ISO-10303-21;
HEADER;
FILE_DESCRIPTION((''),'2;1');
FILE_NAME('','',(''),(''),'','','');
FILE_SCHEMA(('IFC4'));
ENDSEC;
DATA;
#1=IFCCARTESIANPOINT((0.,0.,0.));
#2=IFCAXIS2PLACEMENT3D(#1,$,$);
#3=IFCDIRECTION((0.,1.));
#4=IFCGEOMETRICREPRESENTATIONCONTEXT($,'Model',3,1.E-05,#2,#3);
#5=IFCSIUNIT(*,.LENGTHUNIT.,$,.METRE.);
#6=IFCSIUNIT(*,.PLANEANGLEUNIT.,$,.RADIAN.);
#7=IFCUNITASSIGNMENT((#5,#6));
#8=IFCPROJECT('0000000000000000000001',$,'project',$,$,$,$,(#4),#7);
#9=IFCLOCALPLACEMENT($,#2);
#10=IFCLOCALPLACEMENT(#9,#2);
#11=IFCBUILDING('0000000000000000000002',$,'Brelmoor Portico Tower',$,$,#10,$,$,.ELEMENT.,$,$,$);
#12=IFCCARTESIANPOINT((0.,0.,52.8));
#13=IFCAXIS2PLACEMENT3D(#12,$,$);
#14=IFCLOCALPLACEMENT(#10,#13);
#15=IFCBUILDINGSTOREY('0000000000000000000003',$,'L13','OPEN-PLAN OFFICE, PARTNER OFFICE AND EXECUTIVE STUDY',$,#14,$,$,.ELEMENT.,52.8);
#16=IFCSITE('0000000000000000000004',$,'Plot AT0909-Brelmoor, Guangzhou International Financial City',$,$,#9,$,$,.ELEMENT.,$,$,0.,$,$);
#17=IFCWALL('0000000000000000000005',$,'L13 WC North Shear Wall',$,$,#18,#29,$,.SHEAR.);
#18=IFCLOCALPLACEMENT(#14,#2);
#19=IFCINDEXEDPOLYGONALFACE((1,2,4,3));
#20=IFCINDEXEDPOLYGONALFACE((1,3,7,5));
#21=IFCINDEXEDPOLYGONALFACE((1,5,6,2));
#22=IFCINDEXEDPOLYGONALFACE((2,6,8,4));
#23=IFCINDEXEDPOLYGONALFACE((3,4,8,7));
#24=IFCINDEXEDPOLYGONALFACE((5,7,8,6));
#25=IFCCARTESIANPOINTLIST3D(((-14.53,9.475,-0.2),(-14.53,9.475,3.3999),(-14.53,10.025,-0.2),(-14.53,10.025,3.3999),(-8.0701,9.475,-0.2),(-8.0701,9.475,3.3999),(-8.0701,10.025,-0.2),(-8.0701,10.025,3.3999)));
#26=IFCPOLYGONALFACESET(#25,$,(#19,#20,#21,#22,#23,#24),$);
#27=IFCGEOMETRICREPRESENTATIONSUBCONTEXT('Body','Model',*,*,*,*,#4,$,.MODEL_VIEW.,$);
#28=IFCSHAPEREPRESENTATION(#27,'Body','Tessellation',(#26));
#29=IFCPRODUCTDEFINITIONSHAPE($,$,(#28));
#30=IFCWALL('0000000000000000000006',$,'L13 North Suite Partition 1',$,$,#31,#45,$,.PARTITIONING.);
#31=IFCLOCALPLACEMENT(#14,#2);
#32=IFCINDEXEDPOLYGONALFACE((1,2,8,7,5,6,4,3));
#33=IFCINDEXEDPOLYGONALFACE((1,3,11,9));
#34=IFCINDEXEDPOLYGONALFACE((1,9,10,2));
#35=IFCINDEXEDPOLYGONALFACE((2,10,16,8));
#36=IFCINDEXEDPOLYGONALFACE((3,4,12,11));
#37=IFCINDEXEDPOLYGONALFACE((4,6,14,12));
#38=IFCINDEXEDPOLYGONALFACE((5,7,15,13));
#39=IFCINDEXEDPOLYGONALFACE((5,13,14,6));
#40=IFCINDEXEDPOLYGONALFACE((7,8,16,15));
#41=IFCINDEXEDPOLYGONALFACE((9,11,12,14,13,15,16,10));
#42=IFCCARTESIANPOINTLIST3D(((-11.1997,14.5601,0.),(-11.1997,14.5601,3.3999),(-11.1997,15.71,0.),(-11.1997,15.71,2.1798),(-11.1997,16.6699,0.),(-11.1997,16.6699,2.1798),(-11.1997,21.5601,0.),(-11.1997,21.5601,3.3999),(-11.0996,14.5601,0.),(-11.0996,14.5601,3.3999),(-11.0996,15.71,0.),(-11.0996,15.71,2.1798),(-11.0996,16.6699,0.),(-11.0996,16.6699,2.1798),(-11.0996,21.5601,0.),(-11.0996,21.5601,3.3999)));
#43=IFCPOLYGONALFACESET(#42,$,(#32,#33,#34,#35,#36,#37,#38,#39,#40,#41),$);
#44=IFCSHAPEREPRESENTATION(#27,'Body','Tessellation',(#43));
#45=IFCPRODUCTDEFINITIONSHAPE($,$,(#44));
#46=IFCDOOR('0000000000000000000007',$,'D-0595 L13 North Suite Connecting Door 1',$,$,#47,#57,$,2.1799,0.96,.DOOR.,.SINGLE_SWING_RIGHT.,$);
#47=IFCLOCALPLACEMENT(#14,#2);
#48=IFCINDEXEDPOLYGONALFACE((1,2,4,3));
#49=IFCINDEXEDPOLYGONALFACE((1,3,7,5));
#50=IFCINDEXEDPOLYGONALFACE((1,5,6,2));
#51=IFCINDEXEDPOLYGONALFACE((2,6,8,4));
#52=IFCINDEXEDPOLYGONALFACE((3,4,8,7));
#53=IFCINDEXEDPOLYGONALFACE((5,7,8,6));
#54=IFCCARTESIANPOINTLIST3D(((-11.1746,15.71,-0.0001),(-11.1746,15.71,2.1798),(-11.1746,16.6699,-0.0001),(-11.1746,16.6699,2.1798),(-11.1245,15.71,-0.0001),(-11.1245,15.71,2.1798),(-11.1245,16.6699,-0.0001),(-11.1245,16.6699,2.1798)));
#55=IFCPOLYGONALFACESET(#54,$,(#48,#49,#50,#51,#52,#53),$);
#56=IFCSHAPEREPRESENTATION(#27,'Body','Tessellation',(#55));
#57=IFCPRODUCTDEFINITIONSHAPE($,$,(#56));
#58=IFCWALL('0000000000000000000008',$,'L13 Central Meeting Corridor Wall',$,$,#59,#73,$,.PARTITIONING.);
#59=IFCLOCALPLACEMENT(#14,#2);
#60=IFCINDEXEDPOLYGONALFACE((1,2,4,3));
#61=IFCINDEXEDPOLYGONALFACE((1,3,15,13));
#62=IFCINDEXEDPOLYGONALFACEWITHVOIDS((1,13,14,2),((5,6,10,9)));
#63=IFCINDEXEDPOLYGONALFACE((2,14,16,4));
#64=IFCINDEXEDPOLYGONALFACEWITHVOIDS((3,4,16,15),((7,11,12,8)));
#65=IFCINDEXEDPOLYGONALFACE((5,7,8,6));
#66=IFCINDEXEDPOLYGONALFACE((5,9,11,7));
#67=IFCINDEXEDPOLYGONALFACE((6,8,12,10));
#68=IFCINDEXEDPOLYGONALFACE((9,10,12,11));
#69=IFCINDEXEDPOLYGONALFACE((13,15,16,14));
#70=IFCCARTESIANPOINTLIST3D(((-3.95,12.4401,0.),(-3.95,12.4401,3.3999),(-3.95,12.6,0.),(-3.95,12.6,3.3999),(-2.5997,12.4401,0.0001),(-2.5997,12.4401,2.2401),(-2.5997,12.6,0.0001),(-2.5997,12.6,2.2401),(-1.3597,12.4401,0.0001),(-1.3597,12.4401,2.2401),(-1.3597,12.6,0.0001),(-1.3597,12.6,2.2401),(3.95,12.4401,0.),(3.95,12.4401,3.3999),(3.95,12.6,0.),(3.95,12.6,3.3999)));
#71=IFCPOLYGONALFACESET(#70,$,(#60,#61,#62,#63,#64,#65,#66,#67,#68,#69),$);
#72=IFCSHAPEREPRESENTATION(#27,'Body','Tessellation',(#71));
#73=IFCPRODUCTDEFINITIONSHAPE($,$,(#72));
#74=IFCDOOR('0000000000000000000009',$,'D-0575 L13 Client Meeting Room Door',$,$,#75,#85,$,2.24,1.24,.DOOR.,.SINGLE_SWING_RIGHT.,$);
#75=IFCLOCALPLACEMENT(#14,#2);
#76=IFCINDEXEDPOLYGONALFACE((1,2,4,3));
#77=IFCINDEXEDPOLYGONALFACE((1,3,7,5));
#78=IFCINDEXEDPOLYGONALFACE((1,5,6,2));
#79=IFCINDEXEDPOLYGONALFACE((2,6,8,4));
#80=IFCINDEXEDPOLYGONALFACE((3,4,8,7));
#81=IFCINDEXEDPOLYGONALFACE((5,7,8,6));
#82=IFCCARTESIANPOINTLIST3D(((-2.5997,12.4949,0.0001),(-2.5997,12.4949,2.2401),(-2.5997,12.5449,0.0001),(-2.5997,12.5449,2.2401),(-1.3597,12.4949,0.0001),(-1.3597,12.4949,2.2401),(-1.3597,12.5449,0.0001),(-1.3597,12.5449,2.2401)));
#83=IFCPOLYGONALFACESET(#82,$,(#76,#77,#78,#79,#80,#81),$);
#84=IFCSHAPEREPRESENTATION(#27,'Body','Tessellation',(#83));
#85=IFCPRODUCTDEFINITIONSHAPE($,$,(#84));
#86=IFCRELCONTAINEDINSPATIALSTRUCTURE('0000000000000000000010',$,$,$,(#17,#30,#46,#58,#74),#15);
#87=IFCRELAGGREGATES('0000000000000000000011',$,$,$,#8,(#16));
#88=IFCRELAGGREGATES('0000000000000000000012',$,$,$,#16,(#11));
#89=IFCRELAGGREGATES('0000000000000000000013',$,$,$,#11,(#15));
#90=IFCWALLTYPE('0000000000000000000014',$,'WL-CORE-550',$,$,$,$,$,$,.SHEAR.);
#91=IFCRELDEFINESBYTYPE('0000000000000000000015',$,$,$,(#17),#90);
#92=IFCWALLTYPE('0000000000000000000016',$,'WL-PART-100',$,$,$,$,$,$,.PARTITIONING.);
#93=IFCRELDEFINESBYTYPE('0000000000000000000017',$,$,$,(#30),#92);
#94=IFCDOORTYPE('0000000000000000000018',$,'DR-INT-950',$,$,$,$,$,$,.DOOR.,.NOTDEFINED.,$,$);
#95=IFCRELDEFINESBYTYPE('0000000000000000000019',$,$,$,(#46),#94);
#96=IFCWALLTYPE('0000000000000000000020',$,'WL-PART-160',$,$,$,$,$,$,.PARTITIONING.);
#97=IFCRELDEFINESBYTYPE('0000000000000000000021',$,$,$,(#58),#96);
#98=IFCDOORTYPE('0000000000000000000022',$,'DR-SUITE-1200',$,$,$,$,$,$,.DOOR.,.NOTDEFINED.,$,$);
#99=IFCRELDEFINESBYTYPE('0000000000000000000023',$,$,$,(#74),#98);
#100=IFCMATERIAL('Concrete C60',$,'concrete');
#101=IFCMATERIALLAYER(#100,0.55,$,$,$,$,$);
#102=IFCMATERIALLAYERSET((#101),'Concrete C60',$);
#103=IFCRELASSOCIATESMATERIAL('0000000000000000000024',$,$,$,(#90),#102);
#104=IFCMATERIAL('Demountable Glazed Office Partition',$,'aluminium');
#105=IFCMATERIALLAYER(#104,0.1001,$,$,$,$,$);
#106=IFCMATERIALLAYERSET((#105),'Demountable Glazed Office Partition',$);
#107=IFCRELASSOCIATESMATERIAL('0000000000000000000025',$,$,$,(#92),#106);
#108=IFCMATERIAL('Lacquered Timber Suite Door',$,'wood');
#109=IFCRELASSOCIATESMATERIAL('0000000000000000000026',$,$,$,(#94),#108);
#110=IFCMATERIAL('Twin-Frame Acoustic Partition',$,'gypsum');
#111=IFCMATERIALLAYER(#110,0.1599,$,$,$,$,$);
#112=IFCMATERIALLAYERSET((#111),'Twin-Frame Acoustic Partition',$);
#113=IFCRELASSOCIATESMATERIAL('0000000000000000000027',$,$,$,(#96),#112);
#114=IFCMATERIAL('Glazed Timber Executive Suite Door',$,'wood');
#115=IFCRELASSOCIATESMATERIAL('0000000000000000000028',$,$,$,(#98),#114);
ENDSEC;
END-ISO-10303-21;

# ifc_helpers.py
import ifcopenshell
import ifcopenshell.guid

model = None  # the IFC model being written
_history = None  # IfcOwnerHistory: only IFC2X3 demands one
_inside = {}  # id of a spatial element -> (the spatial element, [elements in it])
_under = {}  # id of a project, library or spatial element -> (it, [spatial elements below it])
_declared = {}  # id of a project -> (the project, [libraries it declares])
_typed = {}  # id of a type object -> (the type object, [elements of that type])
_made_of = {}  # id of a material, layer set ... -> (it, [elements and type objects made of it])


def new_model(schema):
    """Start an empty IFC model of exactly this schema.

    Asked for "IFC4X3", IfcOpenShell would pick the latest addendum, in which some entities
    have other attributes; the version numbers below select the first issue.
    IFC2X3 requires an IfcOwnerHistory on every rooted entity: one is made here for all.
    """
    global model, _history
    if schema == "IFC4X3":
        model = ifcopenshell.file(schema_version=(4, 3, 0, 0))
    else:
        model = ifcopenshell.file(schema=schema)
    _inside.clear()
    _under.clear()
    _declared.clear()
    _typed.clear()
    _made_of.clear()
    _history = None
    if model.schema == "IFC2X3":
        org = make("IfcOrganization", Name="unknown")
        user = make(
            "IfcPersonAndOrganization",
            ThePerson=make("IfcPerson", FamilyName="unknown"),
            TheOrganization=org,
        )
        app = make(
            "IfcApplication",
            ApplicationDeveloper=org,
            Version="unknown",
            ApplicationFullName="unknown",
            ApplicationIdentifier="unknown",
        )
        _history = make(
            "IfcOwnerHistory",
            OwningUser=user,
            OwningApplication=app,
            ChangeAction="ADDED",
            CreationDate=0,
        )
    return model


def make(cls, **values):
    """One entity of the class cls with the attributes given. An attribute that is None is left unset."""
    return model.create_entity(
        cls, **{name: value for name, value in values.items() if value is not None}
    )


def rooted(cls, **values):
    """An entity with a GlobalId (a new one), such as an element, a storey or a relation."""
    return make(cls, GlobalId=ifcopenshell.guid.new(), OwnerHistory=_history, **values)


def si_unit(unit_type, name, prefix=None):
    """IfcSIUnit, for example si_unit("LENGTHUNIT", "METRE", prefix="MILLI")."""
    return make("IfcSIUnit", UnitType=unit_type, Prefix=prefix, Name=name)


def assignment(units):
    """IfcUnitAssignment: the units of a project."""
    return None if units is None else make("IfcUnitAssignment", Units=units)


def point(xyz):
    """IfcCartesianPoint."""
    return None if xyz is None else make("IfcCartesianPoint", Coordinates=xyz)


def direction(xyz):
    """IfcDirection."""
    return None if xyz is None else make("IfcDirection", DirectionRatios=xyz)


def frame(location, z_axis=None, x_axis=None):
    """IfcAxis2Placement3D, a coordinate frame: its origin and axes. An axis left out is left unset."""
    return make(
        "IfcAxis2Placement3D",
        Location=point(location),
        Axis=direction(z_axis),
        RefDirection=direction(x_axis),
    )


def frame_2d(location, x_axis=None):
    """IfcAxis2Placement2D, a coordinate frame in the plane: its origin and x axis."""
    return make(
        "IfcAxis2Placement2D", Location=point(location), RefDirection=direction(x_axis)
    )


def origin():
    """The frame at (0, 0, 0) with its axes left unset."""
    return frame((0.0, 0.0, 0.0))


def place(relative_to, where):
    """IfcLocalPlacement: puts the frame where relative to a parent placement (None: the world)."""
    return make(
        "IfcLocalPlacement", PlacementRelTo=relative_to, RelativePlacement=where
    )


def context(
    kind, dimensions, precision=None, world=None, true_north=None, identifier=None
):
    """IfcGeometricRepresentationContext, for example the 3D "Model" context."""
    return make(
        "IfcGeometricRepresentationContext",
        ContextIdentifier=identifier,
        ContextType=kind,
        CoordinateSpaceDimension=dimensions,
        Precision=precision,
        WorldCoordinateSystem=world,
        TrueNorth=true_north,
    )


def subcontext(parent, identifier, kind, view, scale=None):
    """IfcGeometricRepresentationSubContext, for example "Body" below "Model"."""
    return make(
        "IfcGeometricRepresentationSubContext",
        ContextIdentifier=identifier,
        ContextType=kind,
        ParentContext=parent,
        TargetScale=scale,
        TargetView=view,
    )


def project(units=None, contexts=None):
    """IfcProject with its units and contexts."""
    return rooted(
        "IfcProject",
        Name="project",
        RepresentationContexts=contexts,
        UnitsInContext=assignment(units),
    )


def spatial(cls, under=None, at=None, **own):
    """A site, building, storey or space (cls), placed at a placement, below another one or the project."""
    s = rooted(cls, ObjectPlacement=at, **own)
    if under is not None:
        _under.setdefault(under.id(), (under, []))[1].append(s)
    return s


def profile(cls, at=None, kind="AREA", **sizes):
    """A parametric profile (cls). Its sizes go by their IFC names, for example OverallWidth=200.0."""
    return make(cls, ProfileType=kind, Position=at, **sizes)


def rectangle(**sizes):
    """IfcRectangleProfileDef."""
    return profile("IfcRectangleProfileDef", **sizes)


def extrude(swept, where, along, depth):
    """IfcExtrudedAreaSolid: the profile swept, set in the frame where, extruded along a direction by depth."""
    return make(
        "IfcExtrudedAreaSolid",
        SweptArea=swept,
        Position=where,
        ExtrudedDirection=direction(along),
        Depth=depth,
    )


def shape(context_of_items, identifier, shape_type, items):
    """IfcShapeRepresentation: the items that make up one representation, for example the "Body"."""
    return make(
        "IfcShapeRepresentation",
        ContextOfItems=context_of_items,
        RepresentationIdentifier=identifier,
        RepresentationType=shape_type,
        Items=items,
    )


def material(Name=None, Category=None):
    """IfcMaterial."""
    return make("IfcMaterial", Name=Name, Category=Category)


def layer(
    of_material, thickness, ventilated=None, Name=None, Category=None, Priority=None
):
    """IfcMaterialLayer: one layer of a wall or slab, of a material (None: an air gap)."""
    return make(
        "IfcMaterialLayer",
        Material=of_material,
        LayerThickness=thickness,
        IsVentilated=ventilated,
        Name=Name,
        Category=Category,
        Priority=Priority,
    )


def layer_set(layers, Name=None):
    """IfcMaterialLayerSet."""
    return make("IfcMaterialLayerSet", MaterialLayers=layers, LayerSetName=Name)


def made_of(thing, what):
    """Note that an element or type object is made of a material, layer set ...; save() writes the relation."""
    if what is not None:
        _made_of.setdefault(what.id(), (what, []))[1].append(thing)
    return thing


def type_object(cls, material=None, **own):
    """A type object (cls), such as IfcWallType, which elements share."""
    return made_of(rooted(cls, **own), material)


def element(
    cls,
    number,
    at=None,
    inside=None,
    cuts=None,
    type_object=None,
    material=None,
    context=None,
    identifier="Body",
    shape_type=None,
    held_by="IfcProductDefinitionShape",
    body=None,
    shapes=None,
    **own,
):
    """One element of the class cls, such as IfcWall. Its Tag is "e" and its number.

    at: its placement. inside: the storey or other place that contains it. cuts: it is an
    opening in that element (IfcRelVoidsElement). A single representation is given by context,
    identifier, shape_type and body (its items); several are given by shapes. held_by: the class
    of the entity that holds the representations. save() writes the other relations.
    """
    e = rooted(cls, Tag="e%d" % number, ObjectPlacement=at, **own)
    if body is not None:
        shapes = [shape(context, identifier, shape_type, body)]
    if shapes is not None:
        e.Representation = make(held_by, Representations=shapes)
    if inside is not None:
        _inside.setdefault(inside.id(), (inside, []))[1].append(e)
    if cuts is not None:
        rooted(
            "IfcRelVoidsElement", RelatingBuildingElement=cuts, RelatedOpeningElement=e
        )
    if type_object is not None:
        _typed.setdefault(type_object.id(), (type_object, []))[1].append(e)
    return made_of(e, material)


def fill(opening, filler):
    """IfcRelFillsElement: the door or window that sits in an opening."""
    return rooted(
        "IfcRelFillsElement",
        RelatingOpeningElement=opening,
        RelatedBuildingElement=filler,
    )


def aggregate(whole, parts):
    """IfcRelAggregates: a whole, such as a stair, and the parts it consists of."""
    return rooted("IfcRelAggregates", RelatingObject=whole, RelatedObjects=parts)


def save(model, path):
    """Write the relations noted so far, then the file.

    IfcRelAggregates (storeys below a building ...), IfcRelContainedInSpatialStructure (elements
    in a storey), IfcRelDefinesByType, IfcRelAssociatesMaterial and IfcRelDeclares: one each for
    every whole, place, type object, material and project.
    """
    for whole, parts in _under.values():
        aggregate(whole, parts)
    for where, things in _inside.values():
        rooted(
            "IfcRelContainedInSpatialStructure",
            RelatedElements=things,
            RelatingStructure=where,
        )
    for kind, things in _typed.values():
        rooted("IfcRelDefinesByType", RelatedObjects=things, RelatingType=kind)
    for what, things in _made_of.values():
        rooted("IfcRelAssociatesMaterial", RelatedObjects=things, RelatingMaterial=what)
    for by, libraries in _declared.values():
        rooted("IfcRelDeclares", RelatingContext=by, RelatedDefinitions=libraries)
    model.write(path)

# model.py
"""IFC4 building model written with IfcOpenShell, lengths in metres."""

from ifc_helpers import new_model, si_unit, direction, frame, frame_2d, origin, place, context, subcontext, project, spatial, rectangle, extrude, material, layer, layer_set, type_object, element, fill, save


model = new_model("IFC4")

# Units and contexts
model_context = context("Model", 3, precision=1e-05, world=origin(), true_north=direction((0.0, 1.0)))
body_context = subcontext(model_context, "Body", "Model", "MODEL_VIEW")
ifc_project = project(units=[si_unit("LENGTHUNIT", "METRE"), si_unit("PLANEANGLEUNIT", "RADIAN")], contexts=[model_context])

# Site, building, storey
site_placement = place(None, origin())
site = spatial("IfcSite", under=ifc_project, at=site_placement, Name="Plot AT0909-Brelmoor, Guangzhou International Financial City", CompositionType="ELEMENT", RefElevation=0.0)
building_placement = place(site_placement, origin())
building = spatial("IfcBuilding", under=site, at=building_placement, Name="Brelmoor Portico Tower", CompositionType="ELEMENT")
storey_placement = place(building_placement, frame((0.0, 0.0, 52.8)))
storey = spatial("IfcBuildingStorey", under=building, at=storey_placement, Name="L13", Description="OPEN-PLAN OFFICE, PARTNER OFFICE AND EXECUTIVE STUDY", CompositionType="ELEMENT", Elevation=52.8)

# Wall
ifc_material_1 = material(Name="Concrete C60", Category="concrete")
ifc_layer_1 = layer(ifc_material_1, 0.55)
ifc_layer_set_1 = layer_set([ifc_layer_1], Name="Concrete C60")
wall_type_1 = type_object("IfcWallType", Name="WL-CORE-550", PredefinedType="SHEAR", material=ifc_layer_set_1)
wall_1_placement = place(storey_placement, frame((-14.53, 9.75, -0.2), z_axis=(0.0, 0.0, 1.0), x_axis=(1.0, 0.0, 0.0)))
element("IfcWall", 1, at=wall_1_placement, inside=storey, type_object=wall_type_1, Name="L13 WC North Shear Wall", PredefinedType="SHEAR", context=body_context, shape_type="SweptSolid", body=[
    extrude(rectangle(XDim=6.46, YDim=0.55, at=frame_2d((3.23, 0.0))), origin(), (0.0, 0.0, 1.0), 3.5999),
])

# Walls, openings, doors
ifc_material_2 = material(Name="Demountable Glazed Office Partition", Category="aluminium")
ifc_layer_2 = layer(ifc_material_2, 0.1001)
ifc_layer_set_2 = layer_set([ifc_layer_2], Name="Demountable Glazed Office Partition")
wall_type_2 = type_object("IfcWallType", Name="WL-PART-100", PredefinedType="PARTITIONING", material=ifc_layer_set_2)
wall_2_placement = place(storey_placement, frame((-11.1497, 14.5601, 0.0), z_axis=(0.0, 0.0, 1.0), x_axis=(0.0, 1.0, 0.0)))
wall_2 = element("IfcWall", 2, at=wall_2_placement, inside=storey, type_object=wall_type_2, Name="L13 North Suite Partition 1", PredefinedType="PARTITIONING", context=body_context, shape_type="SweptSolid", body=[
    extrude(rectangle(XDim=7.0, YDim=0.1001, at=frame_2d((3.5, 0.0))), origin(), (0.0, 0.0, 1.0), 3.3999),
])
opening_1_placement = place(wall_2_placement, frame((1.1499, 0.0, 0.0)))
opening_1 = element("IfcOpeningElement", 3, at=opening_1_placement, cuts=wall_2, PredefinedType="OPENING", context=body_context, shape_type="SweptSolid", body=[
    extrude(rectangle(XDim=0.96, YDim=2.1799, at=frame_2d((0.48, 1.0898))), frame((0.0, 0.0601, 0.0), z_axis=(0.0, -1.0, 0.0), x_axis=(1.0, 0.0, 0.0)), (0.0, 0.0, 1.0), 0.1201),
])
ifc_material_3 = material(Name="Lacquered Timber Suite Door", Category="wood")
door_type_1 = type_object("IfcDoorType", Name="DR-INT-950", OperationType="NOTDEFINED", PredefinedType="DOOR", material=ifc_material_3)
door_1_placement = place(opening_1_placement, origin())
door_1 = element("IfcDoor", 4, at=door_1_placement, inside=storey, type_object=door_type_1, Name="D-0595 L13 North Suite Connecting Door 1", OperationType="SINGLE_SWING_RIGHT", OverallHeight=2.1799, OverallWidth=0.96, PredefinedType="DOOR", context=body_context, shape_type="SweptSolid", body=[
    extrude(rectangle(XDim=0.96, YDim=2.1799, at=frame_2d((0.48, 1.0898))), frame((0.0, 0.0249, 0.0), z_axis=(0.0, -1.0, 0.0), x_axis=(1.0, 0.0, 0.0)), (0.0, 0.0, 1.0), 0.05),
])
fill(opening_1, door_1)
ifc_material_4 = material(Name="Twin-Frame Acoustic Partition", Category="gypsum")
ifc_layer_3 = layer(ifc_material_4, 0.1599)
ifc_layer_set_3 = layer_set([ifc_layer_3], Name="Twin-Frame Acoustic Partition")
wall_type_3 = type_object("IfcWallType", Name="WL-PART-160", PredefinedType="PARTITIONING", material=ifc_layer_set_3)
wall_3_placement = place(storey_placement, frame((-3.95, 12.52, 0.0), z_axis=(0.0, 0.0, 1.0), x_axis=(1.0, 0.0, 0.0)))
wall_3 = element("IfcWall", 5, at=wall_3_placement, inside=storey, type_object=wall_type_3, Name="L13 Central Meeting Corridor Wall", PredefinedType="PARTITIONING", context=body_context, shape_type="SweptSolid", body=[
    extrude(rectangle(XDim=7.8999, YDim=0.1599, at=frame_2d((3.95, 0.0))), origin(), (0.0, 0.0, 1.0), 3.3999),
])
opening_2_placement = place(wall_3_placement, frame((1.3501, 0.0, 0.0)))
opening_2 = element("IfcOpeningElement", 6, at=opening_2_placement, cuts=wall_3, PredefinedType="OPENING", context=body_context, shape_type="SweptSolid", body=[
    extrude(rectangle(XDim=1.24, YDim=2.24, at=frame_2d((0.6201, 1.1201))), frame((0.0, 0.0898, 0.0), z_axis=(0.0, -1.0, 0.0), x_axis=(1.0, 0.0, 0.0)), (0.0, 0.0, 1.0), 0.1799),
])
ifc_material_5 = material(Name="Glazed Timber Executive Suite Door", Category="wood")
door_type_2 = type_object("IfcDoorType", Name="DR-SUITE-1200", OperationType="NOTDEFINED", PredefinedType="DOOR", material=ifc_material_5)
door_2_placement = place(opening_2_placement, origin())
door_2 = element("IfcDoor", 7, at=door_2_placement, inside=storey, type_object=door_type_2, Name="D-0575 L13 Client Meeting Room Door", OperationType="SINGLE_SWING_RIGHT", OverallHeight=2.24, OverallWidth=1.24, PredefinedType="DOOR", context=body_context, shape_type="SweptSolid", body=[
    extrude(rectangle(XDim=1.24, YDim=2.24, at=frame_2d((0.6201, 1.1201))), frame((0.0, 0.0249, 0.0), z_axis=(0.0, -1.0, 0.0), x_axis=(1.0, 0.0, 0.0)), (0.0, 0.0, 1.0), 0.05),
])
fill(opening_2, door_2)

save(model, "model.ifc")
